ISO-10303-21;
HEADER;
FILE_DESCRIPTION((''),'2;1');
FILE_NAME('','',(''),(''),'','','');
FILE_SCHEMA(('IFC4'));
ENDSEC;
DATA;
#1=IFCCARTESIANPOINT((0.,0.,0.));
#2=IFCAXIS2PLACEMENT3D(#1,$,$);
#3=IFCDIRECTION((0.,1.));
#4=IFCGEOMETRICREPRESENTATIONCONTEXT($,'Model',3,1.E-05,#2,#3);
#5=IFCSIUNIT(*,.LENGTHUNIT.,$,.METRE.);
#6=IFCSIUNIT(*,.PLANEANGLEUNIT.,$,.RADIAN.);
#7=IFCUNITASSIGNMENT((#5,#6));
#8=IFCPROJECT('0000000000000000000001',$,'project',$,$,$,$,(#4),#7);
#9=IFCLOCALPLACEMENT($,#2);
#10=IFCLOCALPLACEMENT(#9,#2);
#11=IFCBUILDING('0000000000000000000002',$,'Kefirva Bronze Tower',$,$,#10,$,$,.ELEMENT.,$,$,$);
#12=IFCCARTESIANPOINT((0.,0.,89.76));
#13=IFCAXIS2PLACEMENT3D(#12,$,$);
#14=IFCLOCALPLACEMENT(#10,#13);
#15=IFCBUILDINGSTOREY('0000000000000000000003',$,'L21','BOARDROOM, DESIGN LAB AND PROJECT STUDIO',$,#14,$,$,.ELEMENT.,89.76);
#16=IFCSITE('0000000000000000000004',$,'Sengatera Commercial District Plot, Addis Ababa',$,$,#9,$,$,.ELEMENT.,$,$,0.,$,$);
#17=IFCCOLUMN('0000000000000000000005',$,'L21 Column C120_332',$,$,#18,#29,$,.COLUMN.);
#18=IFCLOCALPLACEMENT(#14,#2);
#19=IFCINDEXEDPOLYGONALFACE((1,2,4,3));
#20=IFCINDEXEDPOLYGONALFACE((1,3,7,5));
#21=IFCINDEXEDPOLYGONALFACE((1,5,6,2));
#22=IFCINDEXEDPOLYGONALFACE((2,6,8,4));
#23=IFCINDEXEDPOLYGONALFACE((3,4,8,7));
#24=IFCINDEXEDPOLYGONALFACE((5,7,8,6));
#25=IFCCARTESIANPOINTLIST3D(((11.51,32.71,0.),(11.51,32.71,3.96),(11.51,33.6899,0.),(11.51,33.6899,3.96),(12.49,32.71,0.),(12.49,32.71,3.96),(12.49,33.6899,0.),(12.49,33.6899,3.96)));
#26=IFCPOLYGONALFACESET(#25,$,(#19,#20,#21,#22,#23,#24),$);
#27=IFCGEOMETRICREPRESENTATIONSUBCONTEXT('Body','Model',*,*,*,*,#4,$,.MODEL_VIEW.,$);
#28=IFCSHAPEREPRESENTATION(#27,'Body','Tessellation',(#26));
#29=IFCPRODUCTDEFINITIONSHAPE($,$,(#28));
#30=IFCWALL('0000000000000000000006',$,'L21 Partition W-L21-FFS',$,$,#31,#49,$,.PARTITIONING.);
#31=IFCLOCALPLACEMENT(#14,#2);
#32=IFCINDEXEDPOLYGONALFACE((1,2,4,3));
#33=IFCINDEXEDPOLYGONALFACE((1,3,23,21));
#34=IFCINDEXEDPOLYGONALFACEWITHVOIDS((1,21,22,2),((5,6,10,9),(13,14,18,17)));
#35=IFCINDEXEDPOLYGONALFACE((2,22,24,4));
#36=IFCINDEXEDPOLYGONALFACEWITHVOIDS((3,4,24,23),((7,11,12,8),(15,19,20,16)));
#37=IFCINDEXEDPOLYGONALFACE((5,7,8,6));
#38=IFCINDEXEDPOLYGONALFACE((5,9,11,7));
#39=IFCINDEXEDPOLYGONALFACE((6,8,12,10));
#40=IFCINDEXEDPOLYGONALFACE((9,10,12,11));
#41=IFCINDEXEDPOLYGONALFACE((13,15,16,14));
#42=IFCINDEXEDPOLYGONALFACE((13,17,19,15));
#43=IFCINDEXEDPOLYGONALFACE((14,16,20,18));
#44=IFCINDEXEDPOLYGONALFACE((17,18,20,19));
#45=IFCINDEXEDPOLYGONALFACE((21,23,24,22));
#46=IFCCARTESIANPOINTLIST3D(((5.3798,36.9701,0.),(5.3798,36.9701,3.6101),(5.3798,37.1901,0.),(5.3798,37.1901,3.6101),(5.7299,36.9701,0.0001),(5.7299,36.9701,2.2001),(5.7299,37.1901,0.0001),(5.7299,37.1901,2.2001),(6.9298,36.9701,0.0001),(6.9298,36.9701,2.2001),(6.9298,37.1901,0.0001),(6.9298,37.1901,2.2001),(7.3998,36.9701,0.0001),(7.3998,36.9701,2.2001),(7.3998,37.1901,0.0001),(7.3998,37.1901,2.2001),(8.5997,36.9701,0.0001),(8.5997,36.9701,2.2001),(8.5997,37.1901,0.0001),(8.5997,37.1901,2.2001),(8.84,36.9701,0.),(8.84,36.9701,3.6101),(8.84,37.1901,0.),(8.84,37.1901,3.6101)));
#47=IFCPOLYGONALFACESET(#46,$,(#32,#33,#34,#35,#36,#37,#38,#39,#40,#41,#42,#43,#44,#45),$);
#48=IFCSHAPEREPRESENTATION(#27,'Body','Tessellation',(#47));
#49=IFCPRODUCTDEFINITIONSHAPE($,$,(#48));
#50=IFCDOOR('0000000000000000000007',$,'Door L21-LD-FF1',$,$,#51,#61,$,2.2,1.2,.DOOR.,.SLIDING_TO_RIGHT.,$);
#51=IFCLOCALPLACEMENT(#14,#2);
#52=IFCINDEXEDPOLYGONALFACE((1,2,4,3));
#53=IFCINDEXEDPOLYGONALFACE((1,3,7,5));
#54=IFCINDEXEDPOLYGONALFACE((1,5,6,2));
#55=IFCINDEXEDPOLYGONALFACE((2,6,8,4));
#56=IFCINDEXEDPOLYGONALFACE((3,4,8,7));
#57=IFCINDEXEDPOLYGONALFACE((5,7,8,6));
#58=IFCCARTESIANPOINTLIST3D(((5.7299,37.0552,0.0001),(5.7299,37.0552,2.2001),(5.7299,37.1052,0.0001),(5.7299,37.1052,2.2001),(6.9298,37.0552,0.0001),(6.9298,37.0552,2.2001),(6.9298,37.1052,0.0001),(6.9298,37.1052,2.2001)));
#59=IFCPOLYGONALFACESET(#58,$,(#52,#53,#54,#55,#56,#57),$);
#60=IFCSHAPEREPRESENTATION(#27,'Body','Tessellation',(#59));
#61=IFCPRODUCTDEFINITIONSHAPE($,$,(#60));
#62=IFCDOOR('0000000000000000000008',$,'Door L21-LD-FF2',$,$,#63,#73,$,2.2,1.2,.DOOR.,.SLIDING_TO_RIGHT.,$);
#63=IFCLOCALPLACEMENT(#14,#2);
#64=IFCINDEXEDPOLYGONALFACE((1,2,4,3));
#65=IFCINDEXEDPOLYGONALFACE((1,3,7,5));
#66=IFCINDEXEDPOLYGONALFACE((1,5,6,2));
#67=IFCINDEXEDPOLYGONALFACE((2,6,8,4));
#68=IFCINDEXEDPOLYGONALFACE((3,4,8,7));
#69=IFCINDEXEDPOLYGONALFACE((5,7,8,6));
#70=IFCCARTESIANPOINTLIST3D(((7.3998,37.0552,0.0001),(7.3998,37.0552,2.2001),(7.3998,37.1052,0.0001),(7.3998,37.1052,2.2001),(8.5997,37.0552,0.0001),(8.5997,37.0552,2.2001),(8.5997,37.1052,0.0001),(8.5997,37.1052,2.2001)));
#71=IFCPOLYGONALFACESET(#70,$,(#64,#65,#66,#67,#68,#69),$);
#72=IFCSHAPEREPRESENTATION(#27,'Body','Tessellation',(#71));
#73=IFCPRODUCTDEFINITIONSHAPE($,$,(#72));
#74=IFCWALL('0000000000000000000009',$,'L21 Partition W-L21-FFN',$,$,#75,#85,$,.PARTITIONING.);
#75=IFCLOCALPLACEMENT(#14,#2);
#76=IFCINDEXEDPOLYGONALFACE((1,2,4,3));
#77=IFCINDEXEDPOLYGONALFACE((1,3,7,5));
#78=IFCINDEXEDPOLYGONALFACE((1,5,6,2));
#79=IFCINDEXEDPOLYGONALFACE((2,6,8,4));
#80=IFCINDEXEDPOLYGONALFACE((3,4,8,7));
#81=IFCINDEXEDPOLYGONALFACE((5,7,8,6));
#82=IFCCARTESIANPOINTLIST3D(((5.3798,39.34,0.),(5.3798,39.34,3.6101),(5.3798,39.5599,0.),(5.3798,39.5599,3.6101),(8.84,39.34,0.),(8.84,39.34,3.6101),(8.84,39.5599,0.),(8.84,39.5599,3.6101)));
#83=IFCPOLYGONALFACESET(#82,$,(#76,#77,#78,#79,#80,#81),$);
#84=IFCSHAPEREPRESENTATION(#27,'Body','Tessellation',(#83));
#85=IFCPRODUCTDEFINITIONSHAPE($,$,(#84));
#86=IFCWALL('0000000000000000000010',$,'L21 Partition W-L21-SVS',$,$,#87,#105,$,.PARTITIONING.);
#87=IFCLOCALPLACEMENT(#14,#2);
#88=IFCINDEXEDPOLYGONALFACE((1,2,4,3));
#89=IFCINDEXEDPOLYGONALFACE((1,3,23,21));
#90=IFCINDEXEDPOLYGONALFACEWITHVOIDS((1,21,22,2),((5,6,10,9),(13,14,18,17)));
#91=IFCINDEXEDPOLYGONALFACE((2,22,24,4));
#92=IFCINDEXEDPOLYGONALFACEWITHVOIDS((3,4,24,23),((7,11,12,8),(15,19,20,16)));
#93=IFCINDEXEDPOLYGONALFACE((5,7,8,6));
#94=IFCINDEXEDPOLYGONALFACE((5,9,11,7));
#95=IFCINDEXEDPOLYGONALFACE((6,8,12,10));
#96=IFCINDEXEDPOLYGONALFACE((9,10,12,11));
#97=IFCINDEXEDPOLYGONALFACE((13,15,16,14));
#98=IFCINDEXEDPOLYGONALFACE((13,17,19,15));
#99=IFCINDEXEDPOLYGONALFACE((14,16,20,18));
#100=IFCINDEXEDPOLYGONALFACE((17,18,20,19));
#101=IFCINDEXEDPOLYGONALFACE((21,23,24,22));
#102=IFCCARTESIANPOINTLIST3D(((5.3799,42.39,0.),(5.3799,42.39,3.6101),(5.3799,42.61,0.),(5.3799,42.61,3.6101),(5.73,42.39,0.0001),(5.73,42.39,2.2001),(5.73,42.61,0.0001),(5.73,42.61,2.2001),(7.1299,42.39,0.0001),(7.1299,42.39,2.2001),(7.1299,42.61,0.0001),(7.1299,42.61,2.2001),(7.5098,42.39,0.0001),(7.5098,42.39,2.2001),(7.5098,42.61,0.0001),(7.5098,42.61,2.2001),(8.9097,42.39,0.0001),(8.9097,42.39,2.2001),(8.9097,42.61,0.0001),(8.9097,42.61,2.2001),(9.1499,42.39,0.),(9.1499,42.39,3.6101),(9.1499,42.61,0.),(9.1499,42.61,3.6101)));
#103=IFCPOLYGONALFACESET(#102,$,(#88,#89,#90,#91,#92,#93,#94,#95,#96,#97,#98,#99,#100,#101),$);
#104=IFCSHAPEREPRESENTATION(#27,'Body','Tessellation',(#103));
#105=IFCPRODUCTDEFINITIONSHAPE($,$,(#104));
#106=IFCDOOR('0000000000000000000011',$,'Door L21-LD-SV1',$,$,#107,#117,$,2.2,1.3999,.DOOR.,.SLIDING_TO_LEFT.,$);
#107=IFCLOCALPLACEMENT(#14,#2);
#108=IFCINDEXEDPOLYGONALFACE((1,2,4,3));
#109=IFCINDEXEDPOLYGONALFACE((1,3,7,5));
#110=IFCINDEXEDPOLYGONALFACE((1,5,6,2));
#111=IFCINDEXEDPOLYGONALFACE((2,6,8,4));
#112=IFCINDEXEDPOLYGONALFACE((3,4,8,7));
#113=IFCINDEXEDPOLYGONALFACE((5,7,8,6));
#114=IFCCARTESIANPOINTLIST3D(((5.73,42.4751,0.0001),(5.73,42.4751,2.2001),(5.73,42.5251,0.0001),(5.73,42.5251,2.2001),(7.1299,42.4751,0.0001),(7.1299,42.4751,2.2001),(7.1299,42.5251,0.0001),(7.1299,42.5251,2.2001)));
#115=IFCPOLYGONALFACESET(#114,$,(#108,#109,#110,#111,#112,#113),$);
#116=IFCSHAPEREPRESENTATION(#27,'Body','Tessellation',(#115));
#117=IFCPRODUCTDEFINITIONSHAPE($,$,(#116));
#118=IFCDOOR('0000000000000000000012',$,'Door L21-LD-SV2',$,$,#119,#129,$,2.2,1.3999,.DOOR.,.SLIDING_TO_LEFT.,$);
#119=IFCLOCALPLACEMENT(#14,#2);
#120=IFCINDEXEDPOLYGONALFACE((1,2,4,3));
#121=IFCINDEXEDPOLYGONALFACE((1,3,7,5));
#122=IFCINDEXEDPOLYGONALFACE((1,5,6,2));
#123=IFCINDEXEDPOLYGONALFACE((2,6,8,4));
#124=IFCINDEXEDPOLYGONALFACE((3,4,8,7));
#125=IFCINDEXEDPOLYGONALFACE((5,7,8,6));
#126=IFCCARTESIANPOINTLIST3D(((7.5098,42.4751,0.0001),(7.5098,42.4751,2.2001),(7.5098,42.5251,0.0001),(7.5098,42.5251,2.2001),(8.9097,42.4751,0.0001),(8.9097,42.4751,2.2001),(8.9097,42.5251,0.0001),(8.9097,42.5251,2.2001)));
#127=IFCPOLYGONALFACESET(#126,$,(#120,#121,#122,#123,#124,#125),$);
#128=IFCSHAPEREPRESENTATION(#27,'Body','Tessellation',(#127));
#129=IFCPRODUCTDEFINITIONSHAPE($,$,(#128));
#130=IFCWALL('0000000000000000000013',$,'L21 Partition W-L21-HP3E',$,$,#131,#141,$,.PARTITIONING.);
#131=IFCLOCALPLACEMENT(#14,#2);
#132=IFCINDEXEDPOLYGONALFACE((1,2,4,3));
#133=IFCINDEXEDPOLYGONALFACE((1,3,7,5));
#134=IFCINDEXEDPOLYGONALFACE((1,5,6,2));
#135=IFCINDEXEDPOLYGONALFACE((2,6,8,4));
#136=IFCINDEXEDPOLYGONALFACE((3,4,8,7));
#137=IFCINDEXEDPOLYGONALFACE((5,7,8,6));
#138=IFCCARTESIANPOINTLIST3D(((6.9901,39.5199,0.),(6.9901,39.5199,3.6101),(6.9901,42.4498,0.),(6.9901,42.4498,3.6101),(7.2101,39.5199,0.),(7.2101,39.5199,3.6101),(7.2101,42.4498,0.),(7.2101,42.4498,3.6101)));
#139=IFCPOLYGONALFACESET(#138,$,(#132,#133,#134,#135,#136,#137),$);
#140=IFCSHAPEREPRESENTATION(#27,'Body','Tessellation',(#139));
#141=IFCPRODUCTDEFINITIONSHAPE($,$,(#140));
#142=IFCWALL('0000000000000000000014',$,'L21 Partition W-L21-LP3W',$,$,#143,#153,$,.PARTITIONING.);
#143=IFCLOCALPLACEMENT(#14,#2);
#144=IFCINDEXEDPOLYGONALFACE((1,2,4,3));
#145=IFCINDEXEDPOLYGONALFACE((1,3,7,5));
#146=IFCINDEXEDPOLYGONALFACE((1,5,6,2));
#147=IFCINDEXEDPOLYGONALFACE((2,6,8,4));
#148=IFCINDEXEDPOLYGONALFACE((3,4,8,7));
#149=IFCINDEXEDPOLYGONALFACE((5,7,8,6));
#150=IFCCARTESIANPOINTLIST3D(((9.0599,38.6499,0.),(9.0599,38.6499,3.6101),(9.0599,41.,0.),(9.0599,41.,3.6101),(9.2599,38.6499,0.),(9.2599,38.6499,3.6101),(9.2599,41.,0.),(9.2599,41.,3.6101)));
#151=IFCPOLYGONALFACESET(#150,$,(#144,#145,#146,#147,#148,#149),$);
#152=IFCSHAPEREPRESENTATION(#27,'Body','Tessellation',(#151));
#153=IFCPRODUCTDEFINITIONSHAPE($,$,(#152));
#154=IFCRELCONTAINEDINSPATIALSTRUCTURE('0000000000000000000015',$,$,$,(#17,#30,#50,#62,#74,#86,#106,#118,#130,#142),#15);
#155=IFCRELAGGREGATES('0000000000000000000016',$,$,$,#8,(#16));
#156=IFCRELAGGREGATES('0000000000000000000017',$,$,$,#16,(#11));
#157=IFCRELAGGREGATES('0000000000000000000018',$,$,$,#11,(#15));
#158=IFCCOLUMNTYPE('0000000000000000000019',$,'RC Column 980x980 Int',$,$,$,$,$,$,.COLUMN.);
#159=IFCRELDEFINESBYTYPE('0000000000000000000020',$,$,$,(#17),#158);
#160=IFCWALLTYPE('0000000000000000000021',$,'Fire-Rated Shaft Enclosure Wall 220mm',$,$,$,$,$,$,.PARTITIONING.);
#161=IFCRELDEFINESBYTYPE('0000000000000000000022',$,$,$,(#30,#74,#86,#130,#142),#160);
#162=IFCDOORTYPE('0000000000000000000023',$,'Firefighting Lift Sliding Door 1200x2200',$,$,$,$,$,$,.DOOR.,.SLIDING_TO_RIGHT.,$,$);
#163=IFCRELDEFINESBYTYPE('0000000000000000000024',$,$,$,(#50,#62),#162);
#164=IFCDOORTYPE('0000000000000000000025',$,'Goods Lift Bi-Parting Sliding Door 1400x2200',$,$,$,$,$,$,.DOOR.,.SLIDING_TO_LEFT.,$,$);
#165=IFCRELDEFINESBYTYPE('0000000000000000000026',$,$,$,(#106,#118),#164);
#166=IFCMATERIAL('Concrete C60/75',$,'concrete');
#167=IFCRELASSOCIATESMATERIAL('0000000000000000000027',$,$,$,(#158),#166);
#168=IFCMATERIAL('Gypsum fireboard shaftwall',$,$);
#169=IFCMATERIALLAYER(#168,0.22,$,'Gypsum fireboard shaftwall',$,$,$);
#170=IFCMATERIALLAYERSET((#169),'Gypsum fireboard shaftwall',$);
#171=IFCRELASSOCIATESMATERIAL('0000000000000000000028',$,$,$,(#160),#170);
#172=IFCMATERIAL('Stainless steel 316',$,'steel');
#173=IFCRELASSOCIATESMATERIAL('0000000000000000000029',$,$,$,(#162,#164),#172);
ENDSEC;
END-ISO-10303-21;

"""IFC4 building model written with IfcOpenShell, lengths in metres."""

from ifc_helpers import new_model, si_unit, direction, frame, frame_2d, origin, origin_2d, place, context, subcontext, project, spatial, rectangle, extrude, material, layer, layer_set, material_profile, profile_set, type_object, element, fill, save


model = new_model("IFC4")

# Units and contexts
model_context = context("Model", 3, precision=1e-05, world=origin(), true_north=direction((0.0, 1.0)))
body_context = subcontext(model_context, "Body", "Model", "MODEL_VIEW")
ifc_project = project(units=[si_unit("LENGTHUNIT", "METRE"), si_unit("PLANEANGLEUNIT", "RADIAN")], contexts=[model_context])

# Site, building, storey
site_placement = place(None, origin())
site = spatial("IfcSite", under=ifc_project, at=site_placement, Name="Sengatera Commercial District Plot, Addis Ababa", CompositionType="ELEMENT", RefElevation=0.0)
building_placement = place(site_placement, origin())
building = spatial("IfcBuilding", under=site, at=building_placement, Name="Kefirva Bronze Tower", CompositionType="ELEMENT")
storey_placement = place(building_placement, frame((0.0, 0.0, 89.76)))
storey = spatial("IfcBuildingStorey", under=building, at=storey_placement, Name="L21", Description="BOARDROOM, DESIGN LAB AND PROJECT STUDIO", CompositionType="ELEMENT", Elevation=89.76)

# Column
ifc_material_1 = material(Name="Concrete C60/75", Category="concrete")
ifc_material_profile = material_profile(ifc_material_1, rectangle(XDim=0.98, YDim=0.98, at=origin_2d()), Name="RC 980x980")
ifc_profile_set = profile_set([ifc_material_profile], Name="Concrete C60/75")
column_type = type_object("IfcColumnType", Name="RC Column 980x980 Int", PredefinedType="COLUMN", material=ifc_profile_set)
column_placement = place(storey_placement, frame((12.0, 33.2, 0.0), z_axis=(0.0, 0.0, 1.0), x_axis=(1.0, 0.0, 0.0)))
element("IfcColumn", 1, at=column_placement, inside=storey, type_object=column_type, Name="L21 Column C120_332", PredefinedType="COLUMN", context=body_context, shape_type="SweptSolid", body=[
    extrude(rectangle(XDim=0.98, YDim=0.98, at=origin_2d()), origin(), (0.0, 0.0, 1.0), 3.96),
])

# Wall, openings, doors
ifc_material_2 = material(Name="Gypsum fireboard shaftwall")
ifc_layer_1 = layer(ifc_material_2, 0.22, Name="Gypsum fireboard shaftwall")
ifc_layer_set_1 = layer_set([ifc_layer_1], Name="Gypsum fireboard shaftwall")
wall_type_1 = type_object("IfcWallType", Name="Fire-Rated Shaft Enclosure Wall 220mm", PredefinedType="PARTITIONING", material=ifc_layer_set_1)
wall_1_placement = place(storey_placement, frame((5.3799, 37.0801, 0.0), z_axis=(0.0, 0.0, 1.0), x_axis=(1.0, 0.0, 0.0)))
wall_1 = element("IfcWall", 2, at=wall_1_placement, inside=storey, type_object=wall_type_1, Name="L21 Partition W-L21-FFS", PredefinedType="PARTITIONING", context=body_context, shape_type="SweptSolid", body=[
    extrude(rectangle(XDim=3.4602, YDim=0.22, at=frame_2d((1.73, 0.0))), origin(), (0.0, 0.0, 1.0), 3.6101),
])
opening_1_placement = place(wall_1_placement, frame((1.55, 0.0, 0.0), z_axis=(0.0, 0.0, 1.0), x_axis=(-1.0, 0.0, 0.0)))
opening_1 = element("IfcOpeningElement", 3, at=opening_1_placement, cuts=wall_1, PredefinedType="OPENING", context=body_context, shape_type="SweptSolid", body=[
    extrude(rectangle(XDim=1.2, YDim=2.2, at=frame_2d((0.6001, 1.1001))), frame((0.0, 0.1201, 0.0), z_axis=(0.0, -1.0, 0.0), x_axis=(1.0, 0.0, 0.0)), (0.0, 0.0, 1.0), 0.24),
])
opening_2_placement = place(wall_1_placement, frame((3.22, 0.0, 0.0), z_axis=(0.0, 0.0, 1.0), x_axis=(-1.0, 0.0, 0.0)))
opening_2 = element("IfcOpeningElement", 4, at=opening_2_placement, cuts=wall_1, PredefinedType="OPENING", context=body_context, shape_type="SweptSolid", body=[
    extrude(rectangle(XDim=1.2, YDim=2.2, at=frame_2d((0.6001, 1.1001))), frame((0.0, 0.1201, 0.0), z_axis=(0.0, -1.0, 0.0), x_axis=(1.0, 0.0, 0.0)), (0.0, 0.0, 1.0), 0.24),
])
ifc_material_3 = material(Name="Stainless steel 316", Category="steel")
door_type_1 = type_object("IfcDoorType", Name="Firefighting Lift Sliding Door 1200x2200", OperationType="SLIDING_TO_RIGHT", PredefinedType="DOOR", material=ifc_material_3)
door_1_placement = place(opening_1_placement, origin())
door_1 = element("IfcDoor", 5, at=door_1_placement, inside=storey, type_object=door_type_1, Name="Door L21-LD-FF1", OperationType="SLIDING_TO_RIGHT", OverallHeight=2.2, OverallWidth=1.2, PredefinedType="DOOR", context=body_context, shape_type="SweptSolid", body=[
    extrude(rectangle(XDim=1.2, YDim=2.2, at=frame_2d((0.6001, 1.1001))), frame((0.0, 0.0249, 0.0), z_axis=(0.0, -1.0, 0.0), x_axis=(1.0, 0.0, 0.0)), (0.0, 0.0, 1.0), 0.05),
])
fill(opening_1, door_1)
door_2_placement = place(opening_2_placement, origin())
door_2 = element("IfcDoor", 6, at=door_2_placement, inside=storey, type_object=door_type_1, Name="Door L21-LD-FF2", OperationType="SLIDING_TO_RIGHT", OverallHeight=2.2, OverallWidth=1.2, PredefinedType="DOOR", context=body_context, shape_type="SweptSolid", body=[
    extrude(rectangle(XDim=1.2, YDim=2.2, at=frame_2d((0.6001, 1.1001))), frame((0.0, 0.0249, 0.0), z_axis=(0.0, -1.0, 0.0), x_axis=(1.0, 0.0, 0.0)), (0.0, 0.0, 1.0), 0.05),
])
fill(opening_2, door_2)

# Wall
wall_2_placement = place(storey_placement, frame((5.3799, 39.45, 0.0), z_axis=(0.0, 0.0, 1.0), x_axis=(1.0, 0.0, 0.0)))
element("IfcWall", 7, at=wall_2_placement, inside=storey, type_object=wall_type_1, Name="L21 Partition W-L21-FFN", PredefinedType="PARTITIONING", context=body_context, shape_type="SweptSolid", body=[
    extrude(rectangle(XDim=3.4602, YDim=0.22, at=frame_2d((1.73, 0.0))), origin(), (0.0, 0.0, 1.0), 3.6101),
])

# Wall, openings, doors
wall_3_placement = place(storey_placement, frame((5.3799, 42.5, 0.0), z_axis=(0.0, 0.0, 1.0), x_axis=(1.0, 0.0, 0.0)))
wall_3 = element("IfcWall", 8, at=wall_3_placement, inside=storey, type_object=wall_type_1, Name="L21 Partition W-L21-SVS", PredefinedType="PARTITIONING", context=body_context, shape_type="SweptSolid", body=[
    extrude(rectangle(XDim=3.77, YDim=0.22, at=frame_2d((1.885, 0.0))), origin(), (0.0, 0.0, 1.0), 3.6101),
])
opening_3_placement = place(wall_3_placement, frame((1.75, 0.0, 0.0), z_axis=(0.0, 0.0, 1.0), x_axis=(-1.0, 0.0, 0.0)))
opening_3 = element("IfcOpeningElement", 9, at=opening_3_placement, cuts=wall_3, PredefinedType="OPENING", context=body_context, shape_type="SweptSolid", body=[
    extrude(rectangle(XDim=1.3999, YDim=2.2, at=frame_2d((0.7, 1.1001))), frame((0.0, 0.1201, 0.0), z_axis=(0.0, -1.0, 0.0), x_axis=(1.0, 0.0, 0.0)), (0.0, 0.0, 1.0), 0.24),
])
opening_4_placement = place(wall_3_placement, frame((3.5298, 0.0, 0.0), z_axis=(0.0, 0.0, 1.0), x_axis=(-1.0, 0.0, 0.0)))
opening_4 = element("IfcOpeningElement", 10, at=opening_4_placement, cuts=wall_3, PredefinedType="OPENING", context=body_context, shape_type="SweptSolid", body=[
    extrude(rectangle(XDim=1.3999, YDim=2.2, at=frame_2d((0.7, 1.1001))), frame((0.0, 0.1201, 0.0), z_axis=(0.0, -1.0, 0.0), x_axis=(1.0, 0.0, 0.0)), (0.0, 0.0, 1.0), 0.24),
])
door_type_2 = type_object("IfcDoorType", Name="Goods Lift Bi-Parting Sliding Door 1400x2200", OperationType="SLIDING_TO_LEFT", PredefinedType="DOOR", material=ifc_material_3)
door_3_placement = place(opening_3_placement, origin())
door_3 = element("IfcDoor", 11, at=door_3_placement, inside=storey, type_object=door_type_2, Name="Door L21-LD-SV1", OperationType="SLIDING_TO_LEFT", OverallHeight=2.2, OverallWidth=1.3999, PredefinedType="DOOR", context=body_context, shape_type="SweptSolid", body=[
    extrude(rectangle(XDim=1.3999, YDim=2.2, at=frame_2d((0.7, 1.1001))), frame((0.0, 0.0249, 0.0), z_axis=(0.0, -1.0, 0.0), x_axis=(1.0, 0.0, 0.0)), (0.0, 0.0, 1.0), 0.05),
])
fill(opening_3, door_3)
door_4_placement = place(opening_4_placement, origin())
door_4 = element("IfcDoor", 12, at=door_4_placement, inside=storey, type_object=door_type_2, Name="Door L21-LD-SV2", OperationType="SLIDING_TO_LEFT", OverallHeight=2.2, OverallWidth=1.3999, PredefinedType="DOOR", context=body_context, shape_type="SweptSolid", body=[
    extrude(rectangle(XDim=1.3999, YDim=2.2, at=frame_2d((0.7, 1.1001))), frame((0.0, 0.0249, 0.0), z_axis=(0.0, -1.0, 0.0), x_axis=(1.0, 0.0, 0.0)), (0.0, 0.0, 1.0), 0.05),
])
fill(opening_4, door_4)

# Walls
wall_4_placement = place(storey_placement, frame((7.1001, 39.52, 0.0), z_axis=(0.0, 0.0, 1.0), x_axis=(0.0, 1.0, 0.0)))
element("IfcWall", 13, at=wall_4_placement, inside=storey, type_object=wall_type_1, Name="L21 Partition W-L21-HP3E", PredefinedType="PARTITIONING", context=body_context, shape_type="SweptSolid", body=[
    extrude(rectangle(XDim=2.9299, YDim=0.22, at=frame_2d((1.4648, 0.0))), origin(), (0.0, 0.0, 1.0), 3.6101),
])
wall_5_placement = place(storey_placement, frame((9.1599, 38.6499, 0.0), z_axis=(0.0, 0.0, 1.0), x_axis=(0.0, 1.0, 0.0)))
element("IfcWall", 14, at=wall_5_placement, inside=storey, type_object=wall_type_1, Name="L21 Partition W-L21-LP3W", PredefinedType="PARTITIONING", context=body_context, shape_type="SweptSolid", body=[
    extrude(rectangle(XDim=2.3501, YDim=0.2, at=frame_2d((1.175, 0.0))), origin(), (0.0, 0.0, 1.0), 3.6101),
])

save(model, "model.ifc")
